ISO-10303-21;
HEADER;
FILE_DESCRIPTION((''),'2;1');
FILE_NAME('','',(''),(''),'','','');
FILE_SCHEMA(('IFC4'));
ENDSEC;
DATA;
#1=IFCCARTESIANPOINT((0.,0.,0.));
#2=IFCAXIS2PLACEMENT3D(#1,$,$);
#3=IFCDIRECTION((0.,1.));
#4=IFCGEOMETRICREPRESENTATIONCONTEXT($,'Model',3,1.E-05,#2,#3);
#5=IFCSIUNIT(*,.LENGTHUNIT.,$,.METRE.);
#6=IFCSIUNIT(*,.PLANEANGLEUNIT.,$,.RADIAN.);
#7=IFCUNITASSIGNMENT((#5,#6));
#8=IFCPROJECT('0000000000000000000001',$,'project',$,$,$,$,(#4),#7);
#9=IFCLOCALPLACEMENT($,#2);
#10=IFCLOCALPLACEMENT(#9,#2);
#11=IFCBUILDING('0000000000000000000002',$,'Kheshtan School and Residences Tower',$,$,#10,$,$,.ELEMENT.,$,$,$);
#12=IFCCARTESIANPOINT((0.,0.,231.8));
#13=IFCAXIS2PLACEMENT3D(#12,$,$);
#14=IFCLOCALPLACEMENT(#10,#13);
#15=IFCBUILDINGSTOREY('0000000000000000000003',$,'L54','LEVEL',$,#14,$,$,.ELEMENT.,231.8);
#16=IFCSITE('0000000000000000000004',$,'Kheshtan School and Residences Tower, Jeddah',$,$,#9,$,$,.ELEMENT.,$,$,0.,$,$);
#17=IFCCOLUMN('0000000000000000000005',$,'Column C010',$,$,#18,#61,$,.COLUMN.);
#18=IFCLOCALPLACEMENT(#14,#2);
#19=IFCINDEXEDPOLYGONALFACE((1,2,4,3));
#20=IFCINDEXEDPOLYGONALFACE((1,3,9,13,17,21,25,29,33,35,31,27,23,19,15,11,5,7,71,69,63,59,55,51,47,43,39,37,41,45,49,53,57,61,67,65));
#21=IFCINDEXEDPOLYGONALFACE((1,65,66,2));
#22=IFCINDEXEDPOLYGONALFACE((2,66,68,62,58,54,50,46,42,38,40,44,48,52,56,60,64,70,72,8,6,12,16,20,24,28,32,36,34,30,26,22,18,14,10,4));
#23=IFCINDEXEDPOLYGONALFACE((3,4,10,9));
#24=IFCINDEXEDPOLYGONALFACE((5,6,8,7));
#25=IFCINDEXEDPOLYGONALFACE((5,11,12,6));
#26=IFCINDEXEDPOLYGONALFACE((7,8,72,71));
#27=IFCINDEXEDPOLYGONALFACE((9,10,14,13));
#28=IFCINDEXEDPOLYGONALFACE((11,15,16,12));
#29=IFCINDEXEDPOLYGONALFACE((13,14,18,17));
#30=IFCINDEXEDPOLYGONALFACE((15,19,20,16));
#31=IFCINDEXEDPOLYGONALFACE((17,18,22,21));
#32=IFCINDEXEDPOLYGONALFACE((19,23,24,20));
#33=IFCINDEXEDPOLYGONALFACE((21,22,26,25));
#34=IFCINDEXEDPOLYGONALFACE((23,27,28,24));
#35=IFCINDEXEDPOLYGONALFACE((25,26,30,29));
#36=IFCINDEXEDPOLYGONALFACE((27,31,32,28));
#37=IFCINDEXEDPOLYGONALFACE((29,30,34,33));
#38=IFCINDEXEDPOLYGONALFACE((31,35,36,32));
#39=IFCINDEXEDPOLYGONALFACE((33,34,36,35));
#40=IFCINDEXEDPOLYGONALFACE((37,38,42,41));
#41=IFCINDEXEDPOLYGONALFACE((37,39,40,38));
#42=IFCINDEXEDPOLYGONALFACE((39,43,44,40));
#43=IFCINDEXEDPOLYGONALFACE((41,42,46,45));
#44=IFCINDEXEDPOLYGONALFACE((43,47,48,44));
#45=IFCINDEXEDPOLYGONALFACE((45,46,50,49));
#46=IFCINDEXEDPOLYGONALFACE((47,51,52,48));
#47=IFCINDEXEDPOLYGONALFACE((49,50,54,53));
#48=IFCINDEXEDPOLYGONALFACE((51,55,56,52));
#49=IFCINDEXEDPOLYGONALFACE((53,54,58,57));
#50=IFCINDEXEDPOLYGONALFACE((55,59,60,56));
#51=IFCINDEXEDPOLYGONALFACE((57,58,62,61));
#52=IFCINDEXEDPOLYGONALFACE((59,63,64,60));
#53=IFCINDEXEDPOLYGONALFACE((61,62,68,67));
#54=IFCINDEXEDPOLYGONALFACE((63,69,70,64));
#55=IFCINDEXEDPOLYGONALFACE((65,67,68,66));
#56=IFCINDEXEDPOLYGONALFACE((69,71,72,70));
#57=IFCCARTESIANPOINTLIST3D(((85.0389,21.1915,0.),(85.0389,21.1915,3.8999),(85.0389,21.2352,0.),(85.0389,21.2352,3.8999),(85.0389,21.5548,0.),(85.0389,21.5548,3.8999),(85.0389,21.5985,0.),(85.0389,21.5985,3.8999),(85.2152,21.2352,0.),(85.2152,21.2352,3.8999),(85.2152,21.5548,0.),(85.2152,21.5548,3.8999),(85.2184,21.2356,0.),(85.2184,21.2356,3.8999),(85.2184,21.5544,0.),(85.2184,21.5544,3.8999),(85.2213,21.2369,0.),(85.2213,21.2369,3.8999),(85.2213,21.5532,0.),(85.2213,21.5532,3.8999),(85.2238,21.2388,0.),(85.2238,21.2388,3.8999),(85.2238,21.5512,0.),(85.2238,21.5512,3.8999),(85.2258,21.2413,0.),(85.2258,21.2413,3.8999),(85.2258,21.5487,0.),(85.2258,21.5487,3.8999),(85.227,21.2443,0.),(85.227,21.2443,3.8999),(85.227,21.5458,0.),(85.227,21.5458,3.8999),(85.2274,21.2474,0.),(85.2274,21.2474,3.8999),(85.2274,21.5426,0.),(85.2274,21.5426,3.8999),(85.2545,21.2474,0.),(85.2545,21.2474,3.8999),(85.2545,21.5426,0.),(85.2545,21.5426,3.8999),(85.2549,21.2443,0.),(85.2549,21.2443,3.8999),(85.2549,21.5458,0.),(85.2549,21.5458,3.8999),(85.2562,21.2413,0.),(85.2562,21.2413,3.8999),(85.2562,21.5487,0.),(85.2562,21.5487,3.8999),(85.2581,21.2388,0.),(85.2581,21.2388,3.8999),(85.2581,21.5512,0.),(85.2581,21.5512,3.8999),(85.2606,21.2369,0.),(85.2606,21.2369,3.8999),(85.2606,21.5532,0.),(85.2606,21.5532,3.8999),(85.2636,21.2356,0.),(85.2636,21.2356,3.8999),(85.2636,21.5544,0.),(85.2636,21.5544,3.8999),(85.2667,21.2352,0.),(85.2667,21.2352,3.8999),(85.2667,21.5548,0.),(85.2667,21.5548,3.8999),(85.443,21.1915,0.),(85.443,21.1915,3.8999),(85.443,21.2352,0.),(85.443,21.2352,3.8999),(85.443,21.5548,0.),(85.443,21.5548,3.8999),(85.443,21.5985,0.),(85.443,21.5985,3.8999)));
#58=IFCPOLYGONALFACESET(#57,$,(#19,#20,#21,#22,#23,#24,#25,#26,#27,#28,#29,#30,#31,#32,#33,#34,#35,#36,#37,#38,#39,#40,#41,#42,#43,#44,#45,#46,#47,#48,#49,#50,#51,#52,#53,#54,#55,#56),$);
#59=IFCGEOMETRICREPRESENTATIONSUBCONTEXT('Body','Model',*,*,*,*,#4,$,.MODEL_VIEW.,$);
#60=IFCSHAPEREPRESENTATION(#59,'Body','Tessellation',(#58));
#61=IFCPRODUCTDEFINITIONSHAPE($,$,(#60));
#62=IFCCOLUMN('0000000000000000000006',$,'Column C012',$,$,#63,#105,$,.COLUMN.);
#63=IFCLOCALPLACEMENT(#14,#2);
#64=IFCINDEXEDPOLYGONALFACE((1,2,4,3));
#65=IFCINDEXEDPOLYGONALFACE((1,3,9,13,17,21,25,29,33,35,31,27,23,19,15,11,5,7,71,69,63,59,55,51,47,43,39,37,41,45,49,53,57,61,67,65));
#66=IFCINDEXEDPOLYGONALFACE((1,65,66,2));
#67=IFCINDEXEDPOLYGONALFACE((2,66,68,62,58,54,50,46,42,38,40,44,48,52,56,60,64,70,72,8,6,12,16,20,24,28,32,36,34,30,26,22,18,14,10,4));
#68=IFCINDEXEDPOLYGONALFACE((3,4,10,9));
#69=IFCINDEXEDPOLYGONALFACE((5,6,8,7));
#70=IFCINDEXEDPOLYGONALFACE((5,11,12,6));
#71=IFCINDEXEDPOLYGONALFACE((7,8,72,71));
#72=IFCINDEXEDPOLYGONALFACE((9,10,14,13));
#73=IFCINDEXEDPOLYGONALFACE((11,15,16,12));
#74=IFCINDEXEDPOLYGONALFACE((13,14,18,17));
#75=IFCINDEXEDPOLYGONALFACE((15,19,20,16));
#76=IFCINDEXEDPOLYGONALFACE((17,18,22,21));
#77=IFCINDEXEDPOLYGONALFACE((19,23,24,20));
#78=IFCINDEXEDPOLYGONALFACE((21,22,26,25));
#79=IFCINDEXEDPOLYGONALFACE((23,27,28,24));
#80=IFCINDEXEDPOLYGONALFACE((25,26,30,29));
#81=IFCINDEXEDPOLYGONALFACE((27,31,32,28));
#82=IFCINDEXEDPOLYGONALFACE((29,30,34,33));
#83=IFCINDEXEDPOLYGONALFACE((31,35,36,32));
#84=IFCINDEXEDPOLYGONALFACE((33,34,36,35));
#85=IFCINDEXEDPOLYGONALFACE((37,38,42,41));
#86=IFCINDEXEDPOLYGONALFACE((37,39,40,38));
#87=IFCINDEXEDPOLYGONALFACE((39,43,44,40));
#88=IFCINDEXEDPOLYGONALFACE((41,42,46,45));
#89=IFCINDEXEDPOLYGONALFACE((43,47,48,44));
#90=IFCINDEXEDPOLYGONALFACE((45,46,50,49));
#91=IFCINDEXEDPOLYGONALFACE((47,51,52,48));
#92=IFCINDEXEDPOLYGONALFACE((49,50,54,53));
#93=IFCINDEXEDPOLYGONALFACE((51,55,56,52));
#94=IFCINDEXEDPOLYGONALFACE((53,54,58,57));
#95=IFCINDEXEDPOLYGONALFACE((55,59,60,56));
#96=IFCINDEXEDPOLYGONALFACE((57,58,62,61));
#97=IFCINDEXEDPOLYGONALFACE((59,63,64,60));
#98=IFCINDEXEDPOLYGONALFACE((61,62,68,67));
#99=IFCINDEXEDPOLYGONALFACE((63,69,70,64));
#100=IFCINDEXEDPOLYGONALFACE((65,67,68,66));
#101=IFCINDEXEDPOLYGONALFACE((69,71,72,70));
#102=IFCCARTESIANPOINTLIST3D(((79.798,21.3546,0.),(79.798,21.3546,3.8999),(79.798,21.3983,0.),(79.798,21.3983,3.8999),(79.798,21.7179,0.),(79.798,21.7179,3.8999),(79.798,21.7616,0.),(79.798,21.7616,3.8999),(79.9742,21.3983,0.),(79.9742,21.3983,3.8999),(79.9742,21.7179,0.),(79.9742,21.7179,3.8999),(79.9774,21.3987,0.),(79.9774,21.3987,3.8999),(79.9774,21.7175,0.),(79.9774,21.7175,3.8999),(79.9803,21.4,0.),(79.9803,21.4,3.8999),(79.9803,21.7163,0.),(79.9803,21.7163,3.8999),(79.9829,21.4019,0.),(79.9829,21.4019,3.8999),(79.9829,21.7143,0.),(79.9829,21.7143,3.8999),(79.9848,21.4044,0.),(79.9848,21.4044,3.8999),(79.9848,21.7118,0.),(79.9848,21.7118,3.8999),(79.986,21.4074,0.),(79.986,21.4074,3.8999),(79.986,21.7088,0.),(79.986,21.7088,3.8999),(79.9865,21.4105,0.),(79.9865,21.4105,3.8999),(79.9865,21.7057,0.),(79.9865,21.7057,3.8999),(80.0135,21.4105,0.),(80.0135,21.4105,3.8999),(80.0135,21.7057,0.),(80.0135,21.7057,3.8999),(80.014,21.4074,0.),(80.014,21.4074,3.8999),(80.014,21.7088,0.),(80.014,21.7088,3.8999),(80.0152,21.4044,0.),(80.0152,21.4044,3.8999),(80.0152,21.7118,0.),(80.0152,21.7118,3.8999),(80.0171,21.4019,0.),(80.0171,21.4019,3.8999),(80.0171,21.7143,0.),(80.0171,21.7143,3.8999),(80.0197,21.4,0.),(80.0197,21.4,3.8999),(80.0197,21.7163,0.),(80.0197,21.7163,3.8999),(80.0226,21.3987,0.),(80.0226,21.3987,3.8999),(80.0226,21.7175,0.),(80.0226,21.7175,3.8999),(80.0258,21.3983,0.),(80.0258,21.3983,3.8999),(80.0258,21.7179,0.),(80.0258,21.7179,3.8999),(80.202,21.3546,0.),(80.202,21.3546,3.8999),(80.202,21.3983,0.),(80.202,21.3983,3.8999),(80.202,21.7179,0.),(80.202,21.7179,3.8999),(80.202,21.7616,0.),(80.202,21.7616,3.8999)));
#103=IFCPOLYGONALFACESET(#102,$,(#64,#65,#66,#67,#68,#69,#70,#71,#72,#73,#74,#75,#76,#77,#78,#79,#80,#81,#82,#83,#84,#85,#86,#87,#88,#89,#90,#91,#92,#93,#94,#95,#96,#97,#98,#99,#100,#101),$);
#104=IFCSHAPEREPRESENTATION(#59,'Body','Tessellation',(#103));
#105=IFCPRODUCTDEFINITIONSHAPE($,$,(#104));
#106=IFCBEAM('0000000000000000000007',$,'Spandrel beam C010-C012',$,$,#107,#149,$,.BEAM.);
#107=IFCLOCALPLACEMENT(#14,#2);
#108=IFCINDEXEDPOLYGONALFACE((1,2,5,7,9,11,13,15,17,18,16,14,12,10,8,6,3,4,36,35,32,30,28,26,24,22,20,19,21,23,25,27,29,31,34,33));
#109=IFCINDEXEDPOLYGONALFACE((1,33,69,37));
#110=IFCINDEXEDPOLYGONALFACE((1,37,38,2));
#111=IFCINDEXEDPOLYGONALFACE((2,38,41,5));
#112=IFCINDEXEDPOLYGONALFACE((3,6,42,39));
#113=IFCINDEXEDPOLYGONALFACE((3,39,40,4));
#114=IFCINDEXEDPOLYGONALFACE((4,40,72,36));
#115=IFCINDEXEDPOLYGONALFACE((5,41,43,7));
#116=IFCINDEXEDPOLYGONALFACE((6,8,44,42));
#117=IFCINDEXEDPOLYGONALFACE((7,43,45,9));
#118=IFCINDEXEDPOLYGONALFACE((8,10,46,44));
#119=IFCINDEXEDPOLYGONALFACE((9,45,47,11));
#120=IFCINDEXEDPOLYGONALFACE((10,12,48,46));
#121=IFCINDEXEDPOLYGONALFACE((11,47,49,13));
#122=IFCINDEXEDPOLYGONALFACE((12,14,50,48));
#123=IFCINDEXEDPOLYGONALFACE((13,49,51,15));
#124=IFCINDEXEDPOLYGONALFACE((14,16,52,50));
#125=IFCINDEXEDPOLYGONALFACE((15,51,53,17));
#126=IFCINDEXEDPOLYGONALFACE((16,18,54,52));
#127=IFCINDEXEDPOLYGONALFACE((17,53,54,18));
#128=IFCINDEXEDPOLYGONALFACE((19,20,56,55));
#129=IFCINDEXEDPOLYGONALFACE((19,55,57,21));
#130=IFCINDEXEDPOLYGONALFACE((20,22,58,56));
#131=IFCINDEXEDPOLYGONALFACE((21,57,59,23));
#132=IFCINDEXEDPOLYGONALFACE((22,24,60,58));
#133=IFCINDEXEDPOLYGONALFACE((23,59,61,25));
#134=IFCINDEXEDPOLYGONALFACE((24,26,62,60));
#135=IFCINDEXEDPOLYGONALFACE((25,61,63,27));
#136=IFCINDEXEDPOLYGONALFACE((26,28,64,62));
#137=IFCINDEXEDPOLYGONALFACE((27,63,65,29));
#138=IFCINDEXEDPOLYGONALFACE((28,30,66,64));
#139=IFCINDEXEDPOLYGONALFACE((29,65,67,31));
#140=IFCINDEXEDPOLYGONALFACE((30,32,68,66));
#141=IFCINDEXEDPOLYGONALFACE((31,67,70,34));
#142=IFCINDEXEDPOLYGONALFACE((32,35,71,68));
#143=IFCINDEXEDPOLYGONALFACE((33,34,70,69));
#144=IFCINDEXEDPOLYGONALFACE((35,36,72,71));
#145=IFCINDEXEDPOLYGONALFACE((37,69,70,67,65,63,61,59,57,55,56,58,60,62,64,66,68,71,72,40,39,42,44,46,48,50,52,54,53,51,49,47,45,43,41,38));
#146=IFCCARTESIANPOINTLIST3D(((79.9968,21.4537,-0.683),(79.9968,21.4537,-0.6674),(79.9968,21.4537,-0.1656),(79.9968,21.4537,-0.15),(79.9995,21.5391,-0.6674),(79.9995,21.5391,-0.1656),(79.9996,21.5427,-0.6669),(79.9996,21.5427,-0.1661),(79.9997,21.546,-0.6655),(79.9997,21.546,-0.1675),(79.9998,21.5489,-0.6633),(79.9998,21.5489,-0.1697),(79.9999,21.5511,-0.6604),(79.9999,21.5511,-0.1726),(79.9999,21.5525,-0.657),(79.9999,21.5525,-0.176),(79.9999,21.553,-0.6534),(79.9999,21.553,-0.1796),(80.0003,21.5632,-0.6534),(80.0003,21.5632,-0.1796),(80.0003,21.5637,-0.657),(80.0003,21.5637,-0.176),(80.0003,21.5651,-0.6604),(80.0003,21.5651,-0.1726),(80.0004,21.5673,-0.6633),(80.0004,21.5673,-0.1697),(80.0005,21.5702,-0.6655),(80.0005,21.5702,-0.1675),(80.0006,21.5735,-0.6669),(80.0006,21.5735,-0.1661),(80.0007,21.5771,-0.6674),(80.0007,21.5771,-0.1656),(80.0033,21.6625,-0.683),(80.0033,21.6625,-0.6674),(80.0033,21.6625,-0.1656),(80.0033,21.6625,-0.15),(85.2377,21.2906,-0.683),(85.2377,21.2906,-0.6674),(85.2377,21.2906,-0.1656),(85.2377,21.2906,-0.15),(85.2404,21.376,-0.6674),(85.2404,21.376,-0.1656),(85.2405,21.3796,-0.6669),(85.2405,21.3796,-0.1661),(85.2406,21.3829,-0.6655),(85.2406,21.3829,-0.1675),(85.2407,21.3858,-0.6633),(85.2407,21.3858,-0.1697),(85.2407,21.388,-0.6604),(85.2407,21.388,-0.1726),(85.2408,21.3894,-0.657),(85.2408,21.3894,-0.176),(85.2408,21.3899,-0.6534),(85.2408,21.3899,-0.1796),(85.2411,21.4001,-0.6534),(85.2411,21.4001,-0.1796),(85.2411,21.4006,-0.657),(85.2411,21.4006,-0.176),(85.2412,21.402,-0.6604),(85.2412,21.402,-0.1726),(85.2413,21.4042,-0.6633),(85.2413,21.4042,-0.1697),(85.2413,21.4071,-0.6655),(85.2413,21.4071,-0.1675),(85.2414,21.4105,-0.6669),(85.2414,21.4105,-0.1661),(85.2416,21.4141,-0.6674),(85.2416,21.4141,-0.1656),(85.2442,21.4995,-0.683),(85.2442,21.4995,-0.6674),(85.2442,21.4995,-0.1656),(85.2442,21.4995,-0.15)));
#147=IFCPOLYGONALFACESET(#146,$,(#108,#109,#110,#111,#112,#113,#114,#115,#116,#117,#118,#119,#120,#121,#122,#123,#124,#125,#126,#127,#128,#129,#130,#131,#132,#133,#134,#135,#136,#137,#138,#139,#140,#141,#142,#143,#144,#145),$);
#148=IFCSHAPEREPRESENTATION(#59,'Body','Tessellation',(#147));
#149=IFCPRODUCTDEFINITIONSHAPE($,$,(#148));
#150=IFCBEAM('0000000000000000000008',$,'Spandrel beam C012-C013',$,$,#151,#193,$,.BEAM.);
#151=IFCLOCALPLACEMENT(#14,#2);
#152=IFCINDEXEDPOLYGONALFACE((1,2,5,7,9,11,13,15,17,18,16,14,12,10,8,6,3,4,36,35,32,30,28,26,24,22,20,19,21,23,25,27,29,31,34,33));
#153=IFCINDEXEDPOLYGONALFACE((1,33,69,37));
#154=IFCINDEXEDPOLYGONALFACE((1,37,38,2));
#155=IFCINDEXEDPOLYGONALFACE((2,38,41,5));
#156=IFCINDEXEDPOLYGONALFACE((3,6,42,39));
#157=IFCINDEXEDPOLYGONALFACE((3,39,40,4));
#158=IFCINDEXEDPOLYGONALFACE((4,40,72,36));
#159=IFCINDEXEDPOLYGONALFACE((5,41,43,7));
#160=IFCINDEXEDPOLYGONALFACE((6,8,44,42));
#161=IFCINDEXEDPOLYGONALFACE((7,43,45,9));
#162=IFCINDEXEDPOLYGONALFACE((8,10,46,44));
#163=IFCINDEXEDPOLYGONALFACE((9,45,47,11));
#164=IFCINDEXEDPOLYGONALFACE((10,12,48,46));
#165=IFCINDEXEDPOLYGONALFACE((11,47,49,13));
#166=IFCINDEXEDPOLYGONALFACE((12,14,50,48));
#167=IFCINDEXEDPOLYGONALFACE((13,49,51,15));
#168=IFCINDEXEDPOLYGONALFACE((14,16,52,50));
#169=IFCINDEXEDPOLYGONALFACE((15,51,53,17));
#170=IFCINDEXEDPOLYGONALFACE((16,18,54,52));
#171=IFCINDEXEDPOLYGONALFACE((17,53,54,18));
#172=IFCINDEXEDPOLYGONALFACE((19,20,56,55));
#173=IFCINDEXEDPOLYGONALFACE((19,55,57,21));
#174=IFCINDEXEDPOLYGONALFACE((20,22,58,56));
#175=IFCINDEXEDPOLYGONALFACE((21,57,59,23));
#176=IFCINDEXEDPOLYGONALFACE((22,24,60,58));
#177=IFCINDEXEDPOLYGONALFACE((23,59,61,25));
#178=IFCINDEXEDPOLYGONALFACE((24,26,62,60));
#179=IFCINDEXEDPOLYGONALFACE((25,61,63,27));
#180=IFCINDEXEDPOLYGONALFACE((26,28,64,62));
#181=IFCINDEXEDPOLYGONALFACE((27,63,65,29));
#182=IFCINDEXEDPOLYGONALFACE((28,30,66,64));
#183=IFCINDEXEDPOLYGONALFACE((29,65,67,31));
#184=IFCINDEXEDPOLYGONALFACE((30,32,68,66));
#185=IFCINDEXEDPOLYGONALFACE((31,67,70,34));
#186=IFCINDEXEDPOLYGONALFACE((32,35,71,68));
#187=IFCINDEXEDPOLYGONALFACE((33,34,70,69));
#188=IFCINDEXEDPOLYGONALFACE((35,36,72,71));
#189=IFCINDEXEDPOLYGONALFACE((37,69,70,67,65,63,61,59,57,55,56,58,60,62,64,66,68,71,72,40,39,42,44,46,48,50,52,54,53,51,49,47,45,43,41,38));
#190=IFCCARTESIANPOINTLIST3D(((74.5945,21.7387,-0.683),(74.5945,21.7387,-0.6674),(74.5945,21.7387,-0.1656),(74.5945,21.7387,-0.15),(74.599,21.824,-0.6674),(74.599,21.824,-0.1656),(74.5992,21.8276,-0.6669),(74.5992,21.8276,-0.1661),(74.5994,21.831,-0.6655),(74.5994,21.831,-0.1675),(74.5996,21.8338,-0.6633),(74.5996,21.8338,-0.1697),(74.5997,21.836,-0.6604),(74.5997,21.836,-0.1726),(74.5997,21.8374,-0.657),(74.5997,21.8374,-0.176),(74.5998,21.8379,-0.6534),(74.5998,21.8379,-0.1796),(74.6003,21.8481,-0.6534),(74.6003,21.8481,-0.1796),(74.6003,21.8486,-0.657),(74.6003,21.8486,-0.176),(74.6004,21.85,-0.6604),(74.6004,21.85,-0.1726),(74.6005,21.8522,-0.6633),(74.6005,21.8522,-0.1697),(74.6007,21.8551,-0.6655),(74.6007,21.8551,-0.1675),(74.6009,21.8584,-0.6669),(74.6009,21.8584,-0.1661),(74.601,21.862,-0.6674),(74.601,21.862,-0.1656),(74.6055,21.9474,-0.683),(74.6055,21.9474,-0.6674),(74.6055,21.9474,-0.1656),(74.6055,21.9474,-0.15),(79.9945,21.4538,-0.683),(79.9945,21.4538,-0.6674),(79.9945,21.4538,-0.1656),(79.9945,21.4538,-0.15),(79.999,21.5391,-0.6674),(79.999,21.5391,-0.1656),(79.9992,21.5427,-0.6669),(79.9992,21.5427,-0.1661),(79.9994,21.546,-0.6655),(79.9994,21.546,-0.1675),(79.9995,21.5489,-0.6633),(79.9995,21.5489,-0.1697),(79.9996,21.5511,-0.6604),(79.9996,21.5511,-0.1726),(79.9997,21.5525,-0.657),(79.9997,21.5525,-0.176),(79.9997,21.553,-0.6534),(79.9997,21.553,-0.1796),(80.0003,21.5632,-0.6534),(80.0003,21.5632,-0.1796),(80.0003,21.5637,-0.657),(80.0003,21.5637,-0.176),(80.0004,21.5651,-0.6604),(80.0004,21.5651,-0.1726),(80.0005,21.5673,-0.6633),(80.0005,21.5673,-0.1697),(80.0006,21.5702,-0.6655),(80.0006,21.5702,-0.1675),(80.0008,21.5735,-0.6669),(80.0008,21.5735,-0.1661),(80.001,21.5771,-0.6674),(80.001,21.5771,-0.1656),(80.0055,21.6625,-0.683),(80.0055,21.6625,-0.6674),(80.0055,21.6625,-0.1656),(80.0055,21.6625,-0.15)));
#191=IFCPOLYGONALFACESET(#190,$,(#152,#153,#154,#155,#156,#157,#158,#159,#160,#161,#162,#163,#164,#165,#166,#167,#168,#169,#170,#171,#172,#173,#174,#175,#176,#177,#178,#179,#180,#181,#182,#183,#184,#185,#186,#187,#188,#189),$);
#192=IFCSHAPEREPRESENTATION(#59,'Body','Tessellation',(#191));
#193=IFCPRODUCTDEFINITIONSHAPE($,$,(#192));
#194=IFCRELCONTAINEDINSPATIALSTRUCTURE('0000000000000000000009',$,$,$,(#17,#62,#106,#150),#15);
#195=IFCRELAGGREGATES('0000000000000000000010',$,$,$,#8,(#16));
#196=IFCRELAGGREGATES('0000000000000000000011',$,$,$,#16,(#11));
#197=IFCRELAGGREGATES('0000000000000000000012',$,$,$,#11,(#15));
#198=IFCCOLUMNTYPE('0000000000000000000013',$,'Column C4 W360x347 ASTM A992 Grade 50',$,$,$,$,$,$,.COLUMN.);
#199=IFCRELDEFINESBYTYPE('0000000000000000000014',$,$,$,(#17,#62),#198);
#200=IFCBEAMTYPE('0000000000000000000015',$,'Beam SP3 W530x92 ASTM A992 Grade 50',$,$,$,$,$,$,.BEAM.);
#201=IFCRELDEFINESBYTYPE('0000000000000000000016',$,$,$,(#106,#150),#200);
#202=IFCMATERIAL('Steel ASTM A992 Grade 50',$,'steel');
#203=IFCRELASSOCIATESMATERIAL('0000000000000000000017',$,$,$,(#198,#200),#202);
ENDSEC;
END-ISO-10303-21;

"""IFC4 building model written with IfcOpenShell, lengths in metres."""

from ifc_helpers import new_model, si_unit, direction, frame, origin, origin_2d, place, context, subcontext, project, spatial, i_section, extrude, material, material_profile, profile_set, type_object, element, save


model = new_model("IFC4")

# Units and contexts
model_context = context("Model", 3, precision=1e-05, world=origin(), true_north=direction((0.0, 1.0)))
body_context = subcontext(model_context, "Body", "Model", "MODEL_VIEW")
ifc_project = project(units=[si_unit("LENGTHUNIT", "METRE"), si_unit("PLANEANGLEUNIT", "RADIAN")], contexts=[model_context])

# Site, building, storey
site_placement = place(None, origin())
site = spatial("IfcSite", under=ifc_project, at=site_placement, Name="Kheshtan School and Residences Tower, Jeddah", CompositionType="ELEMENT", RefElevation=0.0)
building_placement = place(site_placement, origin())
building = spatial("IfcBuilding", under=site, at=building_placement, Name="Kheshtan School and Residences Tower", CompositionType="ELEMENT")
storey_placement = place(building_placement, frame((0.0, 0.0, 231.8)))
storey = spatial("IfcBuildingStorey", under=building, at=storey_placement, Name="L54", Description="LEVEL", CompositionType="ELEMENT", Elevation=231.8)

# Columns
ifc_material_1 = material(Name="Steel ASTM A992 Grade 50", Category="steel")
ifc_material_profile_1 = material_profile(ifc_material_1, i_section(OverallWidth=0.4041, OverallDepth=0.407, WebThickness=0.0271, FlangeThickness=0.0437, FilletRadius=0.0122, at=origin_2d()), Name="W360x347")
ifc_profile_set_1 = profile_set([ifc_material_profile_1], Name="Steel ASTM A992 Grade 50")
column_type = type_object("IfcColumnType", Name="Column C4 W360x347 ASTM A992 Grade 50", PredefinedType="COLUMN", material=ifc_profile_set_1)
for number, where, z_axis, x_axis, name in (
    (1, (85.241, 21.395, 0.0), (0.0, 0.0, 1.0), (1.0, 0.0, 0.0), "Column C010"),
    (2, (80.0, 21.5581, 0.0), (0.0, 0.0, 1.0), (1.0, 0.0, 0.0), "Column C012"),
):
    element("IfcColumn", number, at=place(storey_placement, frame(where, z_axis=z_axis, x_axis=x_axis)), inside=storey, type_object=column_type, Name=name, PredefinedType="COLUMN", context=body_context, shape_type="SweptSolid", body=[
        extrude(i_section(OverallWidth=0.4041, OverallDepth=0.407, WebThickness=0.0271, FlangeThickness=0.0437, FilletRadius=0.0122, at=origin_2d()), origin(), (0.0, 0.0, 1.0), 3.8999),
    ])

# Beams
ifc_material_profile_2 = material_profile(ifc_material_1, i_section(OverallWidth=0.209, OverallDepth=0.533, WebThickness=0.0103, FlangeThickness=0.0156, FilletRadius=0.0139, at=origin_2d()), Name="W530x92")
ifc_profile_set_2 = profile_set([ifc_material_profile_2], Name="Steel ASTM A992 Grade 50")
beam_type = type_object("IfcBeamType", Name="Beam SP3 W530x92 ASTM A992 Grade 50", PredefinedType="BEAM", material=ifc_profile_set_2)
beam_1_placement = place(storey_placement, frame((85.241, 21.395, -0.4165), z_axis=(-0.999516, 0.031102, 0.0), x_axis=(-0.031102, -0.999516, 0.0)))
element("IfcBeam", 3, at=beam_1_placement, inside=storey, type_object=beam_type, Name="Spandrel beam C010-C012", PredefinedType="BEAM", context=body_context, shape_type="SweptSolid", body=[
    extrude(i_section(OverallWidth=0.209, OverallDepth=0.533, WebThickness=0.0103, FlangeThickness=0.0156, FilletRadius=0.0139, at=origin_2d()), origin(), (0.0, 0.0, 1.0), 5.2434),
])
beam_2_placement = place(storey_placement, frame((80.0, 21.5581, -0.4165), z_axis=(-0.998611, 0.052689, 0.0), x_axis=(-0.052689, -0.998611, 0.0)))
element("IfcBeam", 4, at=beam_2_placement, inside=storey, type_object=beam_type, Name="Spandrel beam C012-C013", PredefinedType="BEAM", context=body_context, shape_type="SweptSolid", body=[
    extrude(i_section(OverallWidth=0.209, OverallDepth=0.533, WebThickness=0.0103, FlangeThickness=0.0156, FilletRadius=0.0139, at=origin_2d()), origin(), (0.0, 0.0, 1.0), 5.4075),
])

save(model, "model.ifc")
